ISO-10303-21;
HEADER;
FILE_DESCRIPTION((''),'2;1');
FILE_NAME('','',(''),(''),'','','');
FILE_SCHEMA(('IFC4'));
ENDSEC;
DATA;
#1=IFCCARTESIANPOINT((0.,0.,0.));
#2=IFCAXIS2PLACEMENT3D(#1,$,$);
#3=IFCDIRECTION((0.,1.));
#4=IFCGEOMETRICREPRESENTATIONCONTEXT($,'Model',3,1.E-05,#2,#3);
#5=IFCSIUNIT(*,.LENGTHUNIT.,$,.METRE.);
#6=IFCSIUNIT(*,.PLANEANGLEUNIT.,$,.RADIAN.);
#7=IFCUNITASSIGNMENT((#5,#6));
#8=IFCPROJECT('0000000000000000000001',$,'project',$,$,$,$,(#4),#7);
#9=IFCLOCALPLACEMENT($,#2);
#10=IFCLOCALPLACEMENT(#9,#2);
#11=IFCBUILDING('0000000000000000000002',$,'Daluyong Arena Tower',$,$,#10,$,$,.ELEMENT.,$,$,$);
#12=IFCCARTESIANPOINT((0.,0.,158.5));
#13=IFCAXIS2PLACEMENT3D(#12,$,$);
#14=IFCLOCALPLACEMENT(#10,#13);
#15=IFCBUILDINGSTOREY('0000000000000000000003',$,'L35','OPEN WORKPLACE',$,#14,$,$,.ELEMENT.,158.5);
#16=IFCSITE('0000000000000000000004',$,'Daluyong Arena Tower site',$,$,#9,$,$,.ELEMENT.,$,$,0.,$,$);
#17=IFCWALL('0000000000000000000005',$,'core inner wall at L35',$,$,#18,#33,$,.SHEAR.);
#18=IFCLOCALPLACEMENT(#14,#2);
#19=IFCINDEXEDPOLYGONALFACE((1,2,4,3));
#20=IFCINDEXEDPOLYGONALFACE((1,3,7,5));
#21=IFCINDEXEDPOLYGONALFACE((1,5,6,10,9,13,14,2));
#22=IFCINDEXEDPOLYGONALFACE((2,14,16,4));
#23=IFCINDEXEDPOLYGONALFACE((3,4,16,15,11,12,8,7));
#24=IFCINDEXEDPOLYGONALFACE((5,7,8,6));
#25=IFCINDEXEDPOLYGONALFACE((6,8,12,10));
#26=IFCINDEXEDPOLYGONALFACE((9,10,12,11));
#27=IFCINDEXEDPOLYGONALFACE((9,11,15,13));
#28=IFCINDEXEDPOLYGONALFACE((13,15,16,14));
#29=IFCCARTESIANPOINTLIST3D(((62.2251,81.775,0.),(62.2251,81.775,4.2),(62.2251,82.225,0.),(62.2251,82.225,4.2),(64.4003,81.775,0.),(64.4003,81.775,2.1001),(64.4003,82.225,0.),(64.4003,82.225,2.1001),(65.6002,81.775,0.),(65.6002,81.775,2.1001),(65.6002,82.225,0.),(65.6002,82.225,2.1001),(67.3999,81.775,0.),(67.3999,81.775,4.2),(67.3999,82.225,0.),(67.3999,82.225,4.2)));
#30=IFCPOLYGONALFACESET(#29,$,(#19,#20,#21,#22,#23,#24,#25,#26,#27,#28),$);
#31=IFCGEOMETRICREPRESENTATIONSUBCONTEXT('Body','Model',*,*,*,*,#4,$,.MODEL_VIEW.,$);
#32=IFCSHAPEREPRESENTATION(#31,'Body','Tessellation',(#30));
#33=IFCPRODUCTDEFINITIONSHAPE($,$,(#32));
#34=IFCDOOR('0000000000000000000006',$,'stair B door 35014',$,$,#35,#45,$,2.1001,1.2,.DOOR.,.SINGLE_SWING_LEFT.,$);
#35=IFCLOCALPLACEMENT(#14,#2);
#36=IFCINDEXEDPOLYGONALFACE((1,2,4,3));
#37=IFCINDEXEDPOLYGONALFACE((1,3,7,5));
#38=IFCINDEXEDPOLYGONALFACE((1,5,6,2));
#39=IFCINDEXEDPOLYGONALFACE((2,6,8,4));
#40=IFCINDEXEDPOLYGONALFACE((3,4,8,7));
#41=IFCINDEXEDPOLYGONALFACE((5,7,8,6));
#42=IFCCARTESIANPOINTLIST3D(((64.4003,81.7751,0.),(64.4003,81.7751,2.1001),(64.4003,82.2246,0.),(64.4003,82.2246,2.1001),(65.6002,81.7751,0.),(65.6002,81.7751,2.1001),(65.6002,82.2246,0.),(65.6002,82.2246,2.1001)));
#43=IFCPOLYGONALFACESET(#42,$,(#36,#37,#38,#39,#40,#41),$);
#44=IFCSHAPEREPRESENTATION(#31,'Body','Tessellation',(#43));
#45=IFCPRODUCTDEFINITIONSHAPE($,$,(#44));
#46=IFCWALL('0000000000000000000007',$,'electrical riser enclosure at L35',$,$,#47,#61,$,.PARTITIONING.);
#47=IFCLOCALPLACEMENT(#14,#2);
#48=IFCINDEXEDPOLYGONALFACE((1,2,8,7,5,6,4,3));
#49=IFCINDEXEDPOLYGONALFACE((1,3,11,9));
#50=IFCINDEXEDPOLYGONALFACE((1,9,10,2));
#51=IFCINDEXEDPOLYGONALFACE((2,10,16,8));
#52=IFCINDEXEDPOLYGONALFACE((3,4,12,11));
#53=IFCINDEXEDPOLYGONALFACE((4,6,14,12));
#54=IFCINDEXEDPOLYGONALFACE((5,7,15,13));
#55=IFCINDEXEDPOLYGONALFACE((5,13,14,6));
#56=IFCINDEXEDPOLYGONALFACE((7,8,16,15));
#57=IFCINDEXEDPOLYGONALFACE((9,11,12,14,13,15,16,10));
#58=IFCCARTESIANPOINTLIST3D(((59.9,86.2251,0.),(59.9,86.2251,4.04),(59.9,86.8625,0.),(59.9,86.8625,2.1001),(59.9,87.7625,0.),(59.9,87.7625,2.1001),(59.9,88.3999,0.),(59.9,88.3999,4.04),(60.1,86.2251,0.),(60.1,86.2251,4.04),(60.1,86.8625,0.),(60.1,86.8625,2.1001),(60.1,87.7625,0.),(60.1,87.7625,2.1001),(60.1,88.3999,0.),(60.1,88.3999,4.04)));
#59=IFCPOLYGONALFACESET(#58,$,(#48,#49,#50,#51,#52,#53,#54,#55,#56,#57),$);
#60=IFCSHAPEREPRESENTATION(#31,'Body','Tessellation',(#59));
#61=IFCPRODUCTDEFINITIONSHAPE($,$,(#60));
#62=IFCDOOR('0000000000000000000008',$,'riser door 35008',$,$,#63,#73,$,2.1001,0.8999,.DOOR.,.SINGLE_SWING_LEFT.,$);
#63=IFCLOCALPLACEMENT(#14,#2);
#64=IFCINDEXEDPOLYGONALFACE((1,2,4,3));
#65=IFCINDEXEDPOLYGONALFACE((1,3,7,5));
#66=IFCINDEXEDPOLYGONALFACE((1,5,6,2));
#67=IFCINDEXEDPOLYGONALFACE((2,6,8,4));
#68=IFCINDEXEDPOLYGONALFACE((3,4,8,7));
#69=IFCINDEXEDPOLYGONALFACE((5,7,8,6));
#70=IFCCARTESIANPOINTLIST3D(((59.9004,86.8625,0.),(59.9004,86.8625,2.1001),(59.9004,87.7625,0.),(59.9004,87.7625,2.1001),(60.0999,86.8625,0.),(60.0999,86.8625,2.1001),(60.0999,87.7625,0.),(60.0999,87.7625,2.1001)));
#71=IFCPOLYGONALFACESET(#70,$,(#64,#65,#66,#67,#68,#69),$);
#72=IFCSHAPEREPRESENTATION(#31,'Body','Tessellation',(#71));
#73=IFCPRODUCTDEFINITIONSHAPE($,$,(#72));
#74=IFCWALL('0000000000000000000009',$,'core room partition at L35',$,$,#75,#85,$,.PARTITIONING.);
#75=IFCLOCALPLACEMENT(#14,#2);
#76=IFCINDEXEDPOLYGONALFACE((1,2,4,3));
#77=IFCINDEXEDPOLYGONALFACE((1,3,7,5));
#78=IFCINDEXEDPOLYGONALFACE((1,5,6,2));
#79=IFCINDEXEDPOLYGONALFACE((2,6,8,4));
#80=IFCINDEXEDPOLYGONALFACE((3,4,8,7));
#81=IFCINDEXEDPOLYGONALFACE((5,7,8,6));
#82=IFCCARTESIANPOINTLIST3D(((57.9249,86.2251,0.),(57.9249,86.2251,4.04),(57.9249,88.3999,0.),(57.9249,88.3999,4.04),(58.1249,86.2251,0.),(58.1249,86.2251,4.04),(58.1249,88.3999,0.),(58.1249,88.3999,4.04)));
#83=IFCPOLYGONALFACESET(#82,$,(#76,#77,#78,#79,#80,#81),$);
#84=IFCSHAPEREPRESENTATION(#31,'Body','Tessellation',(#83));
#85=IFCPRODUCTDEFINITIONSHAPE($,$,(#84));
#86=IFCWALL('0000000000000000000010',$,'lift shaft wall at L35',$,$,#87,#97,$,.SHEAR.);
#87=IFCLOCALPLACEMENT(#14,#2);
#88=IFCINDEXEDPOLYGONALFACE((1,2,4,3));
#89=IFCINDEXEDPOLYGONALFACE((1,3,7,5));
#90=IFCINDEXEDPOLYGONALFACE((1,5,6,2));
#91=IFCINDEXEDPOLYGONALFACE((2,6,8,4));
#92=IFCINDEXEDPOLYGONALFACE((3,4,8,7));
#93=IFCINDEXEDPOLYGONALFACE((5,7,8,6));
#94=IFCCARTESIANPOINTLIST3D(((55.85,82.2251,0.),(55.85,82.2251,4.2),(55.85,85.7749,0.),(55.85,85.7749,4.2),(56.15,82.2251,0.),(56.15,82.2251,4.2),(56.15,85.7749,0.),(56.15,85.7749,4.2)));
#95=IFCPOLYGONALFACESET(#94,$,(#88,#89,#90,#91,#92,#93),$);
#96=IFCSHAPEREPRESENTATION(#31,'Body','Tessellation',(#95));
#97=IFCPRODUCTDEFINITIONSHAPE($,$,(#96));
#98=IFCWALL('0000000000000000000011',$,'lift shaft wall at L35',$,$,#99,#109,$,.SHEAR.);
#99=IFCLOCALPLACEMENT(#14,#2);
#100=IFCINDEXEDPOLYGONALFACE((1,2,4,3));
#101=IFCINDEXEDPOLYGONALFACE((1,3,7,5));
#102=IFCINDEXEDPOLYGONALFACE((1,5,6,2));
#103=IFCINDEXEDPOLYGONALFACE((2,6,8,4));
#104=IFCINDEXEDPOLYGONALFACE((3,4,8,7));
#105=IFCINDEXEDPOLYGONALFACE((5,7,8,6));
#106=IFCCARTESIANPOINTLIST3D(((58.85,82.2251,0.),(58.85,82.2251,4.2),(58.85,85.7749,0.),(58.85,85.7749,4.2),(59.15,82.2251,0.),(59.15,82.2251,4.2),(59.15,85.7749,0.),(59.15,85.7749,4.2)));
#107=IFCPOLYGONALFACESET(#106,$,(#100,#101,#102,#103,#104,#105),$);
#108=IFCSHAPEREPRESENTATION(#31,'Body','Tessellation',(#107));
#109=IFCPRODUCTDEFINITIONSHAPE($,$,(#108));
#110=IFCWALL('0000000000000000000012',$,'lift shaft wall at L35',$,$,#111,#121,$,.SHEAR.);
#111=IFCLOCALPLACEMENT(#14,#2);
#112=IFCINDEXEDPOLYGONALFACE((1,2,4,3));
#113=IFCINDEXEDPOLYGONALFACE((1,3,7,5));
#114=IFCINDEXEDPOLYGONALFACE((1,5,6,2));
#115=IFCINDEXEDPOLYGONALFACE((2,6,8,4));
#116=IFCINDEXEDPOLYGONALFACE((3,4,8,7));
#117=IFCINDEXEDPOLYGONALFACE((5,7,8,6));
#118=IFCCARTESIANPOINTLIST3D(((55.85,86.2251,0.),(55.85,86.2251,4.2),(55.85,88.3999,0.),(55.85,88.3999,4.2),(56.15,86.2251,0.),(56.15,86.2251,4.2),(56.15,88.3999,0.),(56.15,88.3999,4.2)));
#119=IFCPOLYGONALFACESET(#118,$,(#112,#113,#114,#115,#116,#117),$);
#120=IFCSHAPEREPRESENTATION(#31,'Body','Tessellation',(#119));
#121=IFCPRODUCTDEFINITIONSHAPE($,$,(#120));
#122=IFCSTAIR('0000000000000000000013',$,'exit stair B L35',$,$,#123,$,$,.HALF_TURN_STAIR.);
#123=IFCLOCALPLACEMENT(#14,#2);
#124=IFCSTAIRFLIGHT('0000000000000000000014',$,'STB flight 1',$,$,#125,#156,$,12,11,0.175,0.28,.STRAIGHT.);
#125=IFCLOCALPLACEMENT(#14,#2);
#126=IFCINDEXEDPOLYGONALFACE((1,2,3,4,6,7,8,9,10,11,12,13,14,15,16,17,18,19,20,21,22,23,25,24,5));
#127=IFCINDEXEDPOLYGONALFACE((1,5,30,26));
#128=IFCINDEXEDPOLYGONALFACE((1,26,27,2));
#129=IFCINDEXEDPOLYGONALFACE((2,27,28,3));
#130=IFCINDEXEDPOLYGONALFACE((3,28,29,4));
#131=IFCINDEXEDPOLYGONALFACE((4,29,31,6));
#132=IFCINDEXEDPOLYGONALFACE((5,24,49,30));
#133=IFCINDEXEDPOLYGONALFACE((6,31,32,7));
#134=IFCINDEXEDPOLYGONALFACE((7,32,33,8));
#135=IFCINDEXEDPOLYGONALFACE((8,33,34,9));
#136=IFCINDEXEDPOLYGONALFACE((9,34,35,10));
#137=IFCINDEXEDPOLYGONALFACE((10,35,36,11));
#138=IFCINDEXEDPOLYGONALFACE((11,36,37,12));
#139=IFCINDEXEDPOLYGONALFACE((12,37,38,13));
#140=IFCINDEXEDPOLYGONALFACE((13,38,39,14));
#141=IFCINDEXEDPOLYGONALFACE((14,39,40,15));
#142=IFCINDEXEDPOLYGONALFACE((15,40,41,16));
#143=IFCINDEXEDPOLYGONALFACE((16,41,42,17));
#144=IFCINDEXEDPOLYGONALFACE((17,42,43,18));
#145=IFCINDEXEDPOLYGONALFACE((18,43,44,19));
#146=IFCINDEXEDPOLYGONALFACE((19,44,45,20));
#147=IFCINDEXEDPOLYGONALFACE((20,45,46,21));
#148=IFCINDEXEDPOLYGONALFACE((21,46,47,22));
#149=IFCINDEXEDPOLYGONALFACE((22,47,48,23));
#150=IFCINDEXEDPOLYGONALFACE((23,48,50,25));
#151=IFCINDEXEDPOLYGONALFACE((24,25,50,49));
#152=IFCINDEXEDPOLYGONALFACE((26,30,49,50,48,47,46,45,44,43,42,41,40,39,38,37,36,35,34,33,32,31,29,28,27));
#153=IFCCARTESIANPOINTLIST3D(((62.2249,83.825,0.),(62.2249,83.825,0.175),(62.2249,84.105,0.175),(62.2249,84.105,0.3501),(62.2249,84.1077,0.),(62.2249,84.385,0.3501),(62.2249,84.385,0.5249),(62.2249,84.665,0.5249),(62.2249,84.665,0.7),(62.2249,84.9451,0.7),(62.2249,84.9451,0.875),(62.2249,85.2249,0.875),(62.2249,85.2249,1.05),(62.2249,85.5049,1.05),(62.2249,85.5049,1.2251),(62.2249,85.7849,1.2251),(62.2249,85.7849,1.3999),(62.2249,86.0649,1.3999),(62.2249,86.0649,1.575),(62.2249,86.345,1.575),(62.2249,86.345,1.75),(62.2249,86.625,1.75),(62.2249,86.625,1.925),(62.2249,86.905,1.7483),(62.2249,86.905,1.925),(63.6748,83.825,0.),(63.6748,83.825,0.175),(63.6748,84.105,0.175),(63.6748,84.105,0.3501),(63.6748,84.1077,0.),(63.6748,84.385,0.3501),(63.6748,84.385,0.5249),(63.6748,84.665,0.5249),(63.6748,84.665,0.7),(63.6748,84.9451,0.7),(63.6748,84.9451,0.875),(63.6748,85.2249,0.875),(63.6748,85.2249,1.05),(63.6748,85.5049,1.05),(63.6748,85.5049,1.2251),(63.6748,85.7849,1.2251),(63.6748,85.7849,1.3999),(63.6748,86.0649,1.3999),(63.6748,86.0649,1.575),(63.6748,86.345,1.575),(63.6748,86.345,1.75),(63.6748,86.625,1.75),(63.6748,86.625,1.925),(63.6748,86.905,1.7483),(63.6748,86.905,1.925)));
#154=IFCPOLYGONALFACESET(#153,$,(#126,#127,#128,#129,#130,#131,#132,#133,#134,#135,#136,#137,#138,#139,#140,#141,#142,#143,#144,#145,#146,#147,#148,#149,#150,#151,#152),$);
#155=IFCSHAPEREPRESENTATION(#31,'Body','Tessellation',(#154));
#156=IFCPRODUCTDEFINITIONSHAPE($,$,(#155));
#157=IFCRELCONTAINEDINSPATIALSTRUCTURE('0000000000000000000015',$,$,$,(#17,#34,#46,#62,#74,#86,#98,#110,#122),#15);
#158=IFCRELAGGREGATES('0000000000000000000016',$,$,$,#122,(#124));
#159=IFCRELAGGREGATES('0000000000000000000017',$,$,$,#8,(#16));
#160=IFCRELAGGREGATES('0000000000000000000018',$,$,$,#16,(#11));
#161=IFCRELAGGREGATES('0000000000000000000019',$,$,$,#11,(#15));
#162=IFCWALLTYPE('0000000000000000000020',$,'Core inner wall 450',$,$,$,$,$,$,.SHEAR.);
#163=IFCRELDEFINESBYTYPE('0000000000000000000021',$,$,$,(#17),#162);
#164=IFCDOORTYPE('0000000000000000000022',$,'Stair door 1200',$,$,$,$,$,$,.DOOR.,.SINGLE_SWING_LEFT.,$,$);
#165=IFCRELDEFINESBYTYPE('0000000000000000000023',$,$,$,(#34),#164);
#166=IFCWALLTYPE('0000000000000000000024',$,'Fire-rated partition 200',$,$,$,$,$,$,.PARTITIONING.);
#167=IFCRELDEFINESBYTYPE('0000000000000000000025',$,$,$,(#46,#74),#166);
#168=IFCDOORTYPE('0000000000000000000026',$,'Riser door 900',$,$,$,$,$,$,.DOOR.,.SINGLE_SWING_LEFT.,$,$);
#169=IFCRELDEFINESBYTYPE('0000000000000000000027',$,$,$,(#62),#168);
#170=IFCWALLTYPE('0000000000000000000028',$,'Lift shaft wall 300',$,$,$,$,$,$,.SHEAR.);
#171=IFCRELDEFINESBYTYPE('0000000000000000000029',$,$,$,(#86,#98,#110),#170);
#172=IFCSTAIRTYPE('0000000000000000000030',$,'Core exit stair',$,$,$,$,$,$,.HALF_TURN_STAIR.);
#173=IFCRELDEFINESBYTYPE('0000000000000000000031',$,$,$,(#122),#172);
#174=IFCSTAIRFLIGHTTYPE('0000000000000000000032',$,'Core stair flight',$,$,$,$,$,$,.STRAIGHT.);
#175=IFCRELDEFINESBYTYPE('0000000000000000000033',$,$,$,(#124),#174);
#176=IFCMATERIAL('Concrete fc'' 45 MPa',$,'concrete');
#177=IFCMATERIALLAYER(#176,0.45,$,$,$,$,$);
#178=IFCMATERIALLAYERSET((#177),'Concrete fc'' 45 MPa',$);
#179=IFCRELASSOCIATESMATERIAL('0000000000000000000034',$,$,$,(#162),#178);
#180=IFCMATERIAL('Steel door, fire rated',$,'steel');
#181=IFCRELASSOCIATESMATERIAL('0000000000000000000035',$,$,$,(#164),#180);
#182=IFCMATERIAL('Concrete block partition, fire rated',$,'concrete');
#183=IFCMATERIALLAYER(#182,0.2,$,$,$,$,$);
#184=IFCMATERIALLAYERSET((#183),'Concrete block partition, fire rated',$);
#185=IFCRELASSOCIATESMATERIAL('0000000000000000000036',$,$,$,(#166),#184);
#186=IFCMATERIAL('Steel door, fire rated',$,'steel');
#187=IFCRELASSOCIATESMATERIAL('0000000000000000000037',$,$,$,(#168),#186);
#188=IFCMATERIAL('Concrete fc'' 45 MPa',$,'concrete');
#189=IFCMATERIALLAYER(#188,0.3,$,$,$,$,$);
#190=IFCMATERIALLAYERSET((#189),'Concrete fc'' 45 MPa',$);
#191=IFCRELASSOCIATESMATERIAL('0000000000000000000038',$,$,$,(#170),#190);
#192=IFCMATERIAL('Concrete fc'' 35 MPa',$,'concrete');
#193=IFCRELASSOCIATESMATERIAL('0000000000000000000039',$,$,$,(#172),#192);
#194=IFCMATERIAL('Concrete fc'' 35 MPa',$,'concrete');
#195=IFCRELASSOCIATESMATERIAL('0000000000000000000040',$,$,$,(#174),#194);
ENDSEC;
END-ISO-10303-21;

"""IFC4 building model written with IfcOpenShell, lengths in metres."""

from ifc_helpers import new_model, si_unit, direction, frame, frame_2d, origin, place, context, subcontext, project, spatial, polyline, rectangle, outline, extrude, material, layer, layer_set, type_object, element, fill, aggregate, save


model = new_model("IFC4")

# Units and contexts
model_context = context("Model", 3, precision=1e-05, world=origin(), true_north=direction((0.0, 1.0)))
body_context = subcontext(model_context, "Body", "Model", "MODEL_VIEW")
ifc_project = project(units=[si_unit("LENGTHUNIT", "METRE"), si_unit("PLANEANGLEUNIT", "RADIAN")], contexts=[model_context])

# Site, building, storey
site_placement = place(None, origin())
site = spatial("IfcSite", under=ifc_project, at=site_placement, Name="Daluyong Arena Tower site", CompositionType="ELEMENT", RefElevation=0.0)
building_placement = place(site_placement, origin())
building = spatial("IfcBuilding", under=site, at=building_placement, Name="Daluyong Arena Tower", CompositionType="ELEMENT")
storey_placement = place(building_placement, frame((0.0, 0.0, 158.5)))
storey = spatial("IfcBuildingStorey", under=building, at=storey_placement, Name="L35", Description="OPEN WORKPLACE", CompositionType="ELEMENT", Elevation=158.5)

# Walls, openings, doors
ifc_material_1 = material(Name="Concrete fc' 45 MPa", Category="concrete")
ifc_layer_1 = layer(ifc_material_1, 0.45)
ifc_layer_set_1 = layer_set([ifc_layer_1], Name="Concrete fc' 45 MPa")
wall_type_1 = type_object("IfcWallType", Name="Core inner wall 450", PredefinedType="SHEAR", material=ifc_layer_set_1)
wall_1_placement = place(storey_placement, frame((62.2251, 82.0, 0.0), z_axis=(0.0, 0.0, 1.0), x_axis=(1.0, 0.0, 0.0)))
wall_1 = element("IfcWall", 1, at=wall_1_placement, inside=storey, type_object=wall_type_1, Name="core inner wall at L35", PredefinedType="SHEAR", context=body_context, shape_type="SweptSolid", body=[
    extrude(rectangle(XDim=5.1748, YDim=0.45, at=frame_2d((2.5874, 0.0))), origin(), (0.0, 0.0, 1.0), 4.2),
])
opening_1_placement = place(wall_1_placement, frame((2.175, 0.0, 0.0)))
opening_1 = element("IfcOpeningElement", 2, at=opening_1_placement, cuts=wall_1, PredefinedType="OPENING", context=body_context, shape_type="SweptSolid", body=[
    extrude(rectangle(XDim=1.2, YDim=2.1001, at=frame_2d((0.6001, 1.05))), frame((0.0, 0.2349, 0.0), z_axis=(0.0, -1.0, 0.0), x_axis=(1.0, 0.0, 0.0)), (0.0, 0.0, 1.0), 0.47),
])
ifc_material_2 = material(Name="Steel door, fire rated", Category="steel")
door_type_1 = type_object("IfcDoorType", Name="Stair door 1200", OperationType="SINGLE_SWING_LEFT", PredefinedType="DOOR", material=ifc_material_2)
door_1_placement = place(opening_1_placement, origin())
door_1 = element("IfcDoor", 3, at=door_1_placement, inside=storey, type_object=door_type_1, Name="stair B door 35014", OperationType="SINGLE_SWING_LEFT", OverallHeight=2.1001, OverallWidth=1.2, PredefinedType="DOOR", context=body_context, shape_type="SweptSolid", body=[
    extrude(rectangle(XDim=1.2, YDim=2.1001, at=frame_2d((0.6001, 1.05))), frame((0.0, 0.2246, 0.0), z_axis=(0.0, -1.0, 0.0), x_axis=(1.0, 0.0, 0.0)), (0.0, 0.0, 1.0), 0.4495),
])
fill(opening_1, door_1)
ifc_material_3 = material(Name="Concrete block partition, fire rated", Category="concrete")
ifc_layer_2 = layer(ifc_material_3, 0.2)
ifc_layer_set_2 = layer_set([ifc_layer_2], Name="Concrete block partition, fire rated")
wall_type_2 = type_object("IfcWallType", Name="Fire-rated partition 200", PredefinedType="PARTITIONING", material=ifc_layer_set_2)
wall_2_placement = place(storey_placement, frame((60.0, 86.2251, 0.0), z_axis=(0.0, 0.0, 1.0), x_axis=(0.0, 1.0, 0.0)))
wall_2 = element("IfcWall", 4, at=wall_2_placement, inside=storey, type_object=wall_type_2, Name="electrical riser enclosure at L35", PredefinedType="PARTITIONING", context=body_context, shape_type="SweptSolid", body=[
    extrude(rectangle(XDim=2.1748, YDim=0.2, at=frame_2d((1.0874, 0.0))), origin(), (0.0, 0.0, 1.0), 4.04),
])
opening_2_placement = place(wall_2_placement, frame((0.6375, 0.0, 0.0)))
opening_2 = element("IfcOpeningElement", 5, at=opening_2_placement, cuts=wall_2, PredefinedType="OPENING", context=body_context, shape_type="SweptSolid", body=[
    extrude(rectangle(XDim=0.8999, YDim=2.1001, at=frame_2d((0.45, 1.05))), frame((0.0, 0.1099, 0.0), z_axis=(0.0, -1.0, 0.0), x_axis=(1.0, 0.0, 0.0)), (0.0, 0.0, 1.0), 0.22),
])
ifc_material_4 = material(Name="Steel door, fire rated", Category="steel")
door_type_2 = type_object("IfcDoorType", Name="Riser door 900", OperationType="SINGLE_SWING_LEFT", PredefinedType="DOOR", material=ifc_material_4)
door_2_placement = place(opening_2_placement, origin())
door_2 = element("IfcDoor", 6, at=door_2_placement, inside=storey, type_object=door_type_2, Name="riser door 35008", OperationType="SINGLE_SWING_LEFT", OverallHeight=2.1001, OverallWidth=0.8999, PredefinedType="DOOR", context=body_context, shape_type="SweptSolid", body=[
    extrude(rectangle(XDim=0.8999, YDim=2.1001, at=frame_2d((0.45, 1.05))), frame((0.0, 0.0996, 0.0), z_axis=(0.0, -1.0, 0.0), x_axis=(1.0, 0.0, 0.0)), (0.0, 0.0, 1.0), 0.1995),
])
fill(opening_2, door_2)

# Walls
wall_3_placement = place(storey_placement, frame((58.0249, 86.2251, 0.0), z_axis=(0.0, 0.0, 1.0), x_axis=(0.0, 1.0, 0.0)))
element("IfcWall", 7, at=wall_3_placement, inside=storey, type_object=wall_type_2, Name="core room partition at L35", PredefinedType="PARTITIONING", context=body_context, shape_type="SweptSolid", body=[
    extrude(rectangle(XDim=2.1748, YDim=0.2, at=frame_2d((1.0874, 0.0))), origin(), (0.0, 0.0, 1.0), 4.04),
])
ifc_material_5 = material(Name="Concrete fc' 45 MPa", Category="concrete")
ifc_layer_3 = layer(ifc_material_5, 0.3)
ifc_layer_set_3 = layer_set([ifc_layer_3], Name="Concrete fc' 45 MPa")
wall_type_3 = type_object("IfcWallType", Name="Lift shaft wall 300", PredefinedType="SHEAR", material=ifc_layer_set_3)
for number, where, z_axis, x_axis, name in (
    (8, (56.0, 82.2251, 0.0), (0.0, 0.0, 1.0), (0.0, 1.0, 0.0), "lift shaft wall at L35"),
    (9, (59.0, 82.2251, 0.0), (0.0, 0.0, 1.0), (0.0, 1.0, 0.0), "lift shaft wall at L35"),
):
    element("IfcWall", number, at=place(storey_placement, frame(where, z_axis=z_axis, x_axis=x_axis)), inside=storey, type_object=wall_type_3, Name=name, PredefinedType="SHEAR", context=body_context, shape_type="SweptSolid", body=[
        extrude(rectangle(XDim=3.5498, YDim=0.3, at=frame_2d((1.7749, 0.0))), origin(), (0.0, 0.0, 1.0), 4.2),
    ])
wall_4_placement = place(storey_placement, frame((56.0, 86.2251, 0.0), z_axis=(0.0, 0.0, 1.0), x_axis=(0.0, 1.0, 0.0)))
element("IfcWall", 10, at=wall_4_placement, inside=storey, type_object=wall_type_3, Name="lift shaft wall at L35", PredefinedType="SHEAR", context=body_context, shape_type="SweptSolid", body=[
    extrude(rectangle(XDim=2.1748, YDim=0.3, at=frame_2d((1.0874, 0.0))), origin(), (0.0, 0.0, 1.0), 4.2),
])

# Stair, stair flight
ifc_material_6 = material(Name="Concrete fc' 35 MPa", Category="concrete")
stair_type = type_object("IfcStairType", Name="Core exit stair", PredefinedType="HALF_TURN_STAIR", material=ifc_material_6)
stair_placement = place(storey_placement, origin())
stair = element("IfcStair", 11, at=stair_placement, inside=storey, type_object=stair_type, Name="exit stair B L35", PredefinedType="HALF_TURN_STAIR")
ifc_material_7 = material(Name="Concrete fc' 35 MPa", Category="concrete")
stair_flight_type = type_object("IfcStairFlightType", Name="Core stair flight", PredefinedType="STRAIGHT", material=ifc_material_7)
stair_flight_placement = place(storey_placement, frame((62.95, 83.825, 0.0), z_axis=(0.0, 0.0, 1.0), x_axis=(0.0, 1.0, 0.0)))
stair_flight = element("IfcStairFlight", 12, at=stair_flight_placement, type_object=stair_flight_type, Name="STB flight 1", NumberOfRisers=12, NumberOfTreads=11, PredefinedType="STRAIGHT", RiserHeight=0.175, TreadLength=0.28, context=body_context, shape_type="SweptSolid", body=[
    extrude(outline(polyline([(0.0, 0.0), (0.0, 0.175), (0.28, 0.175), (0.28, 0.3501), (0.5601, 0.3501), (0.5601, 0.5249), (0.8401, 0.5249), (0.8401, 0.7), (1.1201, 0.7), (1.1201, 0.875), (1.3999, 0.875), (1.3999, 1.05), (1.6799, 1.05), (1.6799, 1.2251), (1.96, 1.2251), (1.96, 1.3999), (2.24, 1.3999), (2.24, 1.575), (2.52, 1.575), (2.52, 1.75), (2.8, 1.75), (2.8, 1.925), (3.0801, 1.925), (3.0801, 2.1001), (3.0801, 1.7483), (0.2827, 0.0), (0.0, 0.0)])), frame((0.0, 0.7251, 0.0), z_axis=(0.0, -1.0, 0.0), x_axis=(1.0, 0.0, 0.0)), (0.0, 0.0, 1.0), 1.45),
])
aggregate(stair, [stair_flight])

save(model, "model.ifc")
